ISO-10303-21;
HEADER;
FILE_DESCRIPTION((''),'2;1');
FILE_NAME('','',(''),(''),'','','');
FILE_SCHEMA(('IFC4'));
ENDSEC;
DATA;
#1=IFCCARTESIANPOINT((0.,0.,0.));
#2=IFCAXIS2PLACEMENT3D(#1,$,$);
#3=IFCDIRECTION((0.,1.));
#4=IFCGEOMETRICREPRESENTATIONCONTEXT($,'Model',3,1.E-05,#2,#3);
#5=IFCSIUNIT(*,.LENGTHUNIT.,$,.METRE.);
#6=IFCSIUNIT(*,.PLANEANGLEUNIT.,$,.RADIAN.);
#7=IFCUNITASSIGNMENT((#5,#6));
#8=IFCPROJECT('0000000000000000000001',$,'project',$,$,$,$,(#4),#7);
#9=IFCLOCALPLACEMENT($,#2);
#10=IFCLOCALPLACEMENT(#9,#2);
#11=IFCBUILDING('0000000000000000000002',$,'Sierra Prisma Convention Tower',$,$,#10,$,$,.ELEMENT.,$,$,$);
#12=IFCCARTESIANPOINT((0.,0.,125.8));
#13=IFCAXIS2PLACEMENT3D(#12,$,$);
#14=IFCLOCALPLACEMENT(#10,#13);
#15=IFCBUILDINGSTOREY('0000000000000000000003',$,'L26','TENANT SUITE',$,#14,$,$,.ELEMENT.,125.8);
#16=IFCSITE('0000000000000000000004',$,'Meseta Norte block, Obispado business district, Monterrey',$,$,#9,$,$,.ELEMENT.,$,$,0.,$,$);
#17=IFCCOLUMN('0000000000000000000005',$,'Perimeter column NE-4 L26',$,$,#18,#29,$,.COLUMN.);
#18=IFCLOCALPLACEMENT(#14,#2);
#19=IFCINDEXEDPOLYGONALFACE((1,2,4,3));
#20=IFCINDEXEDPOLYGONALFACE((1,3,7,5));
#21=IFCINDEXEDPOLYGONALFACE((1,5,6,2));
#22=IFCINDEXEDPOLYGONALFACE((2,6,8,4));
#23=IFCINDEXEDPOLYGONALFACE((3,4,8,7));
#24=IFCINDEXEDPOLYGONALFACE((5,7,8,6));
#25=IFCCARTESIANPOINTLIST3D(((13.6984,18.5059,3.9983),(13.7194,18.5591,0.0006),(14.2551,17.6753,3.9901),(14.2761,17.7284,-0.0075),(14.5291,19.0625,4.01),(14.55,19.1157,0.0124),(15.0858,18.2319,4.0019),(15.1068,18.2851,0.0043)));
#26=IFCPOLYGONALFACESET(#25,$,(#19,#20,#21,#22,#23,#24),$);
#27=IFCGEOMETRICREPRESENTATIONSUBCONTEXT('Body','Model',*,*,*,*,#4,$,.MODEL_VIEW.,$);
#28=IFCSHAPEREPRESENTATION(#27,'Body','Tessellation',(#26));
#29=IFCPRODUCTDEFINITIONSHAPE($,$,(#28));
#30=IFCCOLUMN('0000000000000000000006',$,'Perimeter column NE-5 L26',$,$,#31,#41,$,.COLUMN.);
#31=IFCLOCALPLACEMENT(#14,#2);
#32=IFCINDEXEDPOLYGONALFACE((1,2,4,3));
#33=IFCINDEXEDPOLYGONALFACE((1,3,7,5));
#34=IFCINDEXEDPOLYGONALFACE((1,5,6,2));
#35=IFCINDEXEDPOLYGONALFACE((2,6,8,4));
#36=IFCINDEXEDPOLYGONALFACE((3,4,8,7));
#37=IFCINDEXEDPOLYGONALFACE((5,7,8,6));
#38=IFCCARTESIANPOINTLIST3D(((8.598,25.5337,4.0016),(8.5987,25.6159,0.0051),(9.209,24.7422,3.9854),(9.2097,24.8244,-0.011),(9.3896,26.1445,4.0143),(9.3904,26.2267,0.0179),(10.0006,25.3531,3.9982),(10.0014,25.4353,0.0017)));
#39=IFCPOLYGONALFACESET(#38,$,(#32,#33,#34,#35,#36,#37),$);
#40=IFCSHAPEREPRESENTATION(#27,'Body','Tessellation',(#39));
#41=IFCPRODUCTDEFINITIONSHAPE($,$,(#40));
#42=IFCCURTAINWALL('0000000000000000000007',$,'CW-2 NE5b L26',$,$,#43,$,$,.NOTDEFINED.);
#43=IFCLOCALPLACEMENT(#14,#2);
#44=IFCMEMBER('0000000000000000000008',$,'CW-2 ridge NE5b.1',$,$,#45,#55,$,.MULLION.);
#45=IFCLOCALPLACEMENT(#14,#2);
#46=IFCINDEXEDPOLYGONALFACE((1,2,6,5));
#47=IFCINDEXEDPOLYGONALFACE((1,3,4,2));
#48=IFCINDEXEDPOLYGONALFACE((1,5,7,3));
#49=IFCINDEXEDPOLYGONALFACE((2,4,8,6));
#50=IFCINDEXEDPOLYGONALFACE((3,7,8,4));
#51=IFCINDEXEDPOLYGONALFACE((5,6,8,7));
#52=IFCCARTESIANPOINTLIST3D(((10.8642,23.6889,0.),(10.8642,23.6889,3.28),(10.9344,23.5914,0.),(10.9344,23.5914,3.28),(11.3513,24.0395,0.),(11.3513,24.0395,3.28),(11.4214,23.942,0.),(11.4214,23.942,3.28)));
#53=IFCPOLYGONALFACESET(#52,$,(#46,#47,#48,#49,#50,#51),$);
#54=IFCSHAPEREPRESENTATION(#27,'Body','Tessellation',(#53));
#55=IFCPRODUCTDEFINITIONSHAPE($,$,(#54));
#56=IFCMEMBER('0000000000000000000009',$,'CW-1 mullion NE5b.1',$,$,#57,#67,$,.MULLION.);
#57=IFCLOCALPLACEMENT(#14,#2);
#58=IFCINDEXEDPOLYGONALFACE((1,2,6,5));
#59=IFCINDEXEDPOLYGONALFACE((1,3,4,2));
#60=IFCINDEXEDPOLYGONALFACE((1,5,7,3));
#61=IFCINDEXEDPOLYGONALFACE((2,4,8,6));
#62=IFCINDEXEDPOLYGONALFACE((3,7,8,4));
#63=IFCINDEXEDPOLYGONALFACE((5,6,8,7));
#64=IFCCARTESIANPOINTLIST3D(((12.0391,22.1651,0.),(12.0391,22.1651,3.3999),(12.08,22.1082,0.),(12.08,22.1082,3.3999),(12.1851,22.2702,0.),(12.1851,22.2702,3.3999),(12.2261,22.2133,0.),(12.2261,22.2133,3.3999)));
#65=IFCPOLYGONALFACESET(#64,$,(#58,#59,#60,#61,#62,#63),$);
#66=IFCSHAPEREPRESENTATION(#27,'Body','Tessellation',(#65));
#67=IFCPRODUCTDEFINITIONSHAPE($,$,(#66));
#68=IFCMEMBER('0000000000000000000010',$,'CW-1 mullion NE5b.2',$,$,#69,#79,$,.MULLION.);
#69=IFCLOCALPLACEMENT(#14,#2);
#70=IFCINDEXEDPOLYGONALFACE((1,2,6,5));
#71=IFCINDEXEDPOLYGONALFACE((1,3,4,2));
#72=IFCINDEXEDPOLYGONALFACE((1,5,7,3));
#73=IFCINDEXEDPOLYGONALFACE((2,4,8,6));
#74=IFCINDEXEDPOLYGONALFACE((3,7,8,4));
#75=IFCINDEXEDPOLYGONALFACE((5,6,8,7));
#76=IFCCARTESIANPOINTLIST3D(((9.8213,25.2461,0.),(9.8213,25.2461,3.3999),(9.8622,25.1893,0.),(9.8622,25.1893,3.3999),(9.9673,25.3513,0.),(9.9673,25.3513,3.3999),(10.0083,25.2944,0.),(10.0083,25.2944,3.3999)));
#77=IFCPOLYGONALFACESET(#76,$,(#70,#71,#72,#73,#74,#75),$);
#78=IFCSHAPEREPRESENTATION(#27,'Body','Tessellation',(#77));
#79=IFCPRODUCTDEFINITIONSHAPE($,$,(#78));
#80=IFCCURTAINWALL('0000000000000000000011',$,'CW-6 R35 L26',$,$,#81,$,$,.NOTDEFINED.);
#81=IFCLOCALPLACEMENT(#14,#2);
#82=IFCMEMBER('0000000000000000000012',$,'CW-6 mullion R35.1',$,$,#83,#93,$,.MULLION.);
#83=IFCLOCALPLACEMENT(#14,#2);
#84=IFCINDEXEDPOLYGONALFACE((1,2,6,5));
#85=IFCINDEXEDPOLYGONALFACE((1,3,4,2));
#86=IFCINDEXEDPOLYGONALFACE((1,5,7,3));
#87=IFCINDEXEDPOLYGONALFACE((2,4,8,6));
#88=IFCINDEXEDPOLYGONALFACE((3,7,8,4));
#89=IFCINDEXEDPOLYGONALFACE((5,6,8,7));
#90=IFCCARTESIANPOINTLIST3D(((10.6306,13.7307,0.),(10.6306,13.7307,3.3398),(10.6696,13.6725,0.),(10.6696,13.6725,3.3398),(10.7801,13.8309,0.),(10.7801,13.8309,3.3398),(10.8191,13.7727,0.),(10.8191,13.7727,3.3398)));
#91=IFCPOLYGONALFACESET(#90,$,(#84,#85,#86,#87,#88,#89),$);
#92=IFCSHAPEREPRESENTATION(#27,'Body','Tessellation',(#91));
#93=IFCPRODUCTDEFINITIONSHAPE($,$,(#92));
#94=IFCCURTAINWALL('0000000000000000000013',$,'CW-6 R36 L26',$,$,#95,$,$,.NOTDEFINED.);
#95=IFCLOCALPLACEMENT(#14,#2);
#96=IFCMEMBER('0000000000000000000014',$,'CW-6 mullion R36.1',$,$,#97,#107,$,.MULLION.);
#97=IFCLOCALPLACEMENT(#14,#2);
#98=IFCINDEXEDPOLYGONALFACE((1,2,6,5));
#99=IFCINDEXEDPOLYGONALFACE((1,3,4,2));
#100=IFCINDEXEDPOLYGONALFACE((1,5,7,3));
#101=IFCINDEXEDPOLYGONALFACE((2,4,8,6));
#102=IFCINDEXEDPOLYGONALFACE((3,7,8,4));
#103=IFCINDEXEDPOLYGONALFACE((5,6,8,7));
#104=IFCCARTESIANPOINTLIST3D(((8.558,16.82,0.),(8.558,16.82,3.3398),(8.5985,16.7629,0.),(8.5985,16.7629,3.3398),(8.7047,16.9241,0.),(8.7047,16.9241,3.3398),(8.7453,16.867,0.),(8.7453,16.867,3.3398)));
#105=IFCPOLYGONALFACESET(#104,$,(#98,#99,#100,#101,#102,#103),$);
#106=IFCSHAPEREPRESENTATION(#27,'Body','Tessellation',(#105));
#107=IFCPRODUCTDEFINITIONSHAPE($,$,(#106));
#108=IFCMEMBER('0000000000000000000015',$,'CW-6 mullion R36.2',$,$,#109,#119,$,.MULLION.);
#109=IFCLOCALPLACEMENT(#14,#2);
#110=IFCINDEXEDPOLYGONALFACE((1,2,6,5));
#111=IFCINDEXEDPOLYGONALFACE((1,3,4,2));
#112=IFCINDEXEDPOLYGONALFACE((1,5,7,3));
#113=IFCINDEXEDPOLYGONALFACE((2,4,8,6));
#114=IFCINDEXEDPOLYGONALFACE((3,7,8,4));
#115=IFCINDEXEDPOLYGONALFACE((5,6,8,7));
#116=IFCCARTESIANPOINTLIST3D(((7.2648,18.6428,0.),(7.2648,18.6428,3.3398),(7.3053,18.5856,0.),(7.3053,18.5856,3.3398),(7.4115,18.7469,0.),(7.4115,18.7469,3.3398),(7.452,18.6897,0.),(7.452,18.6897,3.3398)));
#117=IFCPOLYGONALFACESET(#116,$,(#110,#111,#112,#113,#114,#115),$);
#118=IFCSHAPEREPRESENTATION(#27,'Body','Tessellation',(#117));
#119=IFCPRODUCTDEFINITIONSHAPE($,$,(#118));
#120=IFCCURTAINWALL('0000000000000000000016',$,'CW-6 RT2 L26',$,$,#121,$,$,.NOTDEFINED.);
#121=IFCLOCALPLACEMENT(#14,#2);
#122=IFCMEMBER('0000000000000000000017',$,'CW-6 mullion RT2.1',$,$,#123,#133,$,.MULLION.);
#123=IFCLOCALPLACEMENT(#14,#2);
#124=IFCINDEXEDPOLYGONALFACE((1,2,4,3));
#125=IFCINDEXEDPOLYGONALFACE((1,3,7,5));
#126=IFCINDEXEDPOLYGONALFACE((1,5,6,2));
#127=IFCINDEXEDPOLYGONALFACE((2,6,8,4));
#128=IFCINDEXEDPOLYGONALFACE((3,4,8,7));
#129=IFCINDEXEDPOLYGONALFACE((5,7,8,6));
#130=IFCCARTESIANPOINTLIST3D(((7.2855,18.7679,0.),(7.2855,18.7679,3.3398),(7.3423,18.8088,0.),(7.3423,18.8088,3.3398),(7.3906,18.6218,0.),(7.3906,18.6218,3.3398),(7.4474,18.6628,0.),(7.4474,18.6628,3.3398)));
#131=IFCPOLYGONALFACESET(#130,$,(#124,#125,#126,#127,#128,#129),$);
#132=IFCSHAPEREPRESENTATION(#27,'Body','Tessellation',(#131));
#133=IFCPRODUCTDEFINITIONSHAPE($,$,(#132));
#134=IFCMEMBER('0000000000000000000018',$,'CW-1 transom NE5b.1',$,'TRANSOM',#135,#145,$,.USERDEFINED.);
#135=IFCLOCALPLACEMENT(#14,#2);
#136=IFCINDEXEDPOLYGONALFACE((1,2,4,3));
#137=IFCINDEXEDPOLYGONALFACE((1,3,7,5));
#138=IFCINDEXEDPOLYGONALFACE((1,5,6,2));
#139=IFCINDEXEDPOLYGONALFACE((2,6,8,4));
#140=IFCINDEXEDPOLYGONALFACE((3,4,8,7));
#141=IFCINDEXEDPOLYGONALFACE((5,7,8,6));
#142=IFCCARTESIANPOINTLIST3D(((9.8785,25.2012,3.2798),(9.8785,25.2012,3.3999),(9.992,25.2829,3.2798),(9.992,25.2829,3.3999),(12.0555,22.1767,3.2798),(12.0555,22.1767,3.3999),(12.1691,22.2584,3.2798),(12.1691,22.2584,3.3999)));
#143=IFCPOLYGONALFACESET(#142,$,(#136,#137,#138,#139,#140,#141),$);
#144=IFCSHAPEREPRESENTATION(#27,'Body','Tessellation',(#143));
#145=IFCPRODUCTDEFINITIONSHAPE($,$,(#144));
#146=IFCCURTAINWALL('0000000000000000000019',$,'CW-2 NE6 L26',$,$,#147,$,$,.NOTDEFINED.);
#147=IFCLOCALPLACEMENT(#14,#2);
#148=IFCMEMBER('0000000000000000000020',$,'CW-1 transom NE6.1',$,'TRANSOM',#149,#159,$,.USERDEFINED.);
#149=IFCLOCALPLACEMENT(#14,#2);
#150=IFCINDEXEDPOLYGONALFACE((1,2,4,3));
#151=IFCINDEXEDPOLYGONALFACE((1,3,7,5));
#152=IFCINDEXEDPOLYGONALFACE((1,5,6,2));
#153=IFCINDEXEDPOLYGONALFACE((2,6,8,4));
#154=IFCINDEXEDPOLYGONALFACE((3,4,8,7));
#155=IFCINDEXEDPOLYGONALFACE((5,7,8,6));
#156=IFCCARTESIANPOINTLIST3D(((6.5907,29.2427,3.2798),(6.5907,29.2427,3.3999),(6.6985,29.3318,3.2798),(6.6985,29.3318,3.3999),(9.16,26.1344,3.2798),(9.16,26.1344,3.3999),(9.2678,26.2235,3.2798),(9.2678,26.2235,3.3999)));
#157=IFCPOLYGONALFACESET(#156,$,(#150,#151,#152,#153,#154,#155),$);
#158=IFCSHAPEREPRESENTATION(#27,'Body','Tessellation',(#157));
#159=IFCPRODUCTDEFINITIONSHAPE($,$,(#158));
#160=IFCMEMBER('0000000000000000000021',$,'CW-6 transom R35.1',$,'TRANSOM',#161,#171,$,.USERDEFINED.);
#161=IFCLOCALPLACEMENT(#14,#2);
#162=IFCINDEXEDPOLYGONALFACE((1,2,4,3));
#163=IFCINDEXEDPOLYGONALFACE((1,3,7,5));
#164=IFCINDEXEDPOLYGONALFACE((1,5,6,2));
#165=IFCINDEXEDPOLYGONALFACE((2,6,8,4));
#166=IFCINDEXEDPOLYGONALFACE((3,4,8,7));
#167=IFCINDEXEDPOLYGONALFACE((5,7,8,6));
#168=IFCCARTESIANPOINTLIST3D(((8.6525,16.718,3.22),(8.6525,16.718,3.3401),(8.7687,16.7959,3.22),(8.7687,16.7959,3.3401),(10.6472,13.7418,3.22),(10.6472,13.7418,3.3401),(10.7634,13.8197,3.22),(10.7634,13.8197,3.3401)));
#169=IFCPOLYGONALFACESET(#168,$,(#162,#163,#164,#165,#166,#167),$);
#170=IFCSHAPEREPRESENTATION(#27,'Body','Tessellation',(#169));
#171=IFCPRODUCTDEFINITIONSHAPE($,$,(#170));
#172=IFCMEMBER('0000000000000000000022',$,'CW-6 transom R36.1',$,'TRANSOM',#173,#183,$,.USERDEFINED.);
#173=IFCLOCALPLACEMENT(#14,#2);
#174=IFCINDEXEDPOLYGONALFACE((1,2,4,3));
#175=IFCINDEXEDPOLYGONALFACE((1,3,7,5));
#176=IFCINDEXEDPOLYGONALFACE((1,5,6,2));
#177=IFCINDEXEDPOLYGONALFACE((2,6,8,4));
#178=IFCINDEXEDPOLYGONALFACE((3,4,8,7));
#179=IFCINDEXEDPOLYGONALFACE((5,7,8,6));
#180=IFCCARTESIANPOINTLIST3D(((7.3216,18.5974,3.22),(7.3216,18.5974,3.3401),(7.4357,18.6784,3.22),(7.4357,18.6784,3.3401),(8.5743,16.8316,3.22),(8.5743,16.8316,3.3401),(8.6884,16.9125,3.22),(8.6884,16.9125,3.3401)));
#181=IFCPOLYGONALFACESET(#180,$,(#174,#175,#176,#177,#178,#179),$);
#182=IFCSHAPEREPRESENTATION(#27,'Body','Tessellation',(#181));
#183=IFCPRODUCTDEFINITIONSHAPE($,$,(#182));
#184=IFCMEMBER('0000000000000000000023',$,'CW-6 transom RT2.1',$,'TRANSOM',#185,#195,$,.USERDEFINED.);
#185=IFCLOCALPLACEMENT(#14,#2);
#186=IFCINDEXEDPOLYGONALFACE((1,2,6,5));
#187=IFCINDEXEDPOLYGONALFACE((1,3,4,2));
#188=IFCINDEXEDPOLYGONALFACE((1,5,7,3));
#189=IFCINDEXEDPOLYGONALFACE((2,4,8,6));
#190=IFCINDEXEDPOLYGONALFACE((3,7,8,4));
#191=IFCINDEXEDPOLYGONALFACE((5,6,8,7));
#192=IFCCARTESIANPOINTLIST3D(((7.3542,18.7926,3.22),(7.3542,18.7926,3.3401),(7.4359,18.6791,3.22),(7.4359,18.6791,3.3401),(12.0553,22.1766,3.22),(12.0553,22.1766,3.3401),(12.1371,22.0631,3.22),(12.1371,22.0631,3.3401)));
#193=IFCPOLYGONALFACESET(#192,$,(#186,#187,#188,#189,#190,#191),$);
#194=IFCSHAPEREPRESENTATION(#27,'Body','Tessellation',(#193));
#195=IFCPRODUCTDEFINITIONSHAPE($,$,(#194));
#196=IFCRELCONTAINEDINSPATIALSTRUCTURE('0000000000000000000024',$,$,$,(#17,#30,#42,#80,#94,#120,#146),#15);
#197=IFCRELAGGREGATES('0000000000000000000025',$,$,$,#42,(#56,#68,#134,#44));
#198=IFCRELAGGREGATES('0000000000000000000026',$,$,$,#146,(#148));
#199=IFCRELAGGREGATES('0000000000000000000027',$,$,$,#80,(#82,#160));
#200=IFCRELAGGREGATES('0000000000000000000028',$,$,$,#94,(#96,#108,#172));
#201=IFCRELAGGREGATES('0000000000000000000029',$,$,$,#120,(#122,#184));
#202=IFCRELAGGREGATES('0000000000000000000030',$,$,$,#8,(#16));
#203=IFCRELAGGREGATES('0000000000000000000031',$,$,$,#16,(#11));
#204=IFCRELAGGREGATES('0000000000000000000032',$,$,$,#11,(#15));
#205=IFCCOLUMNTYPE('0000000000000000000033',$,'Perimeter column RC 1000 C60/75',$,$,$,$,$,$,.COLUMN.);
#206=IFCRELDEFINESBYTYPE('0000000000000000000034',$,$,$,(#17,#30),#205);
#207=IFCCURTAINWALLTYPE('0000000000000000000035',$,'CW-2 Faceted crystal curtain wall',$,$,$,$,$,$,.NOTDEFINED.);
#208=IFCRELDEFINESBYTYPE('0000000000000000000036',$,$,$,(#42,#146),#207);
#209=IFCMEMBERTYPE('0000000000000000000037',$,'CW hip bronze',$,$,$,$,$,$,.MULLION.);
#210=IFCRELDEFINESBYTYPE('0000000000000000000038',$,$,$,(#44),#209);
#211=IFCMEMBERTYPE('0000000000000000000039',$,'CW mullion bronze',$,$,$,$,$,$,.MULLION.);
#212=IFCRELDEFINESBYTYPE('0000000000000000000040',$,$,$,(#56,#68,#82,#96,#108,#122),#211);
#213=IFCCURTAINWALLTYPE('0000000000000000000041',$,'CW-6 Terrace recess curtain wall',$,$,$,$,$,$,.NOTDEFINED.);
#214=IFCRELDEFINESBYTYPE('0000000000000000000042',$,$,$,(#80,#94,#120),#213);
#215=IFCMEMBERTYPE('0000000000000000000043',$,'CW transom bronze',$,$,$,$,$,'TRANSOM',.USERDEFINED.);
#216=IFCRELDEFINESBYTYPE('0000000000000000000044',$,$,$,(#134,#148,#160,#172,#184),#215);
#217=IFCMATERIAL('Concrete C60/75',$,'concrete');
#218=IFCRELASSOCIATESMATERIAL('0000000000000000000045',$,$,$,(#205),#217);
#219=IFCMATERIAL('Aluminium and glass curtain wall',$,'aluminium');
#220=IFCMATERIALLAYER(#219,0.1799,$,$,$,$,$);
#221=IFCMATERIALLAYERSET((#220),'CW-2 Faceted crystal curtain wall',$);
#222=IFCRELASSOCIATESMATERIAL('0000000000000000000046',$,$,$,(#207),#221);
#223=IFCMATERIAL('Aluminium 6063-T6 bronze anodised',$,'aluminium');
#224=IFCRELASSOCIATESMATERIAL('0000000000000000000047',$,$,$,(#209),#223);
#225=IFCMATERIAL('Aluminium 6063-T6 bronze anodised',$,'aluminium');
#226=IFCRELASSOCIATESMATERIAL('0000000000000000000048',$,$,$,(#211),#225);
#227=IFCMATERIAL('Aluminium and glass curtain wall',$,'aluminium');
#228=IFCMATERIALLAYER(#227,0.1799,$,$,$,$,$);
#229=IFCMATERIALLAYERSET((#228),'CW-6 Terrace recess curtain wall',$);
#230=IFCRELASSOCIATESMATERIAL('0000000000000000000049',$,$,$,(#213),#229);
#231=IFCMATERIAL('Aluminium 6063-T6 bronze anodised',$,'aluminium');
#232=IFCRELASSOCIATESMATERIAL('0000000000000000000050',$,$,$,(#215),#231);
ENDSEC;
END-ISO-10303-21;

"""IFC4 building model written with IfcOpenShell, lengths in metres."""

from ifc_helpers import new_model, si_unit, direction, frame, origin, origin_2d, place, context, subcontext, project, spatial, rectangle, extrude, clip, halfspace, material, layer, layer_set, material_profile, profile_set, type_object, element, aggregate, save


model = new_model("IFC4")

# Units and contexts
model_context = context("Model", 3, precision=1e-05, world=origin(), true_north=direction((0.0, 1.0)))
body_context = subcontext(model_context, "Body", "Model", "MODEL_VIEW")
ifc_project = project(units=[si_unit("LENGTHUNIT", "METRE"), si_unit("PLANEANGLEUNIT", "RADIAN")], contexts=[model_context])

# Site, building, storey
site_placement = place(None, origin())
site = spatial("IfcSite", under=ifc_project, at=site_placement, Name="Meseta Norte block, Obispado business district, Monterrey", CompositionType="ELEMENT", RefElevation=0.0)
building_placement = place(site_placement, origin())
building = spatial("IfcBuilding", under=site, at=building_placement, Name="Sierra Prisma Convention Tower", CompositionType="ELEMENT")
storey_placement = place(building_placement, frame((0.0, 0.0, 125.8)))
storey = spatial("IfcBuildingStorey", under=building, at=storey_placement, Name="L26", Description="TENANT SUITE", CompositionType="ELEMENT", Elevation=125.8)

# Columns
ifc_material_1 = material(Name="Concrete C60/75", Category="concrete")
ifc_material_profile_1 = material_profile(ifc_material_1, rectangle(XDim=1.0, YDim=1.0, at=origin_2d()), Name="Perimeter column RC 1000 C60/75")
ifc_profile_set_1 = profile_set([ifc_material_profile_1], Name="Concrete C60/75")
column_type = type_object("IfcColumnType", Name="Perimeter column RC 1000 C60/75", PredefinedType="COLUMN", material=ifc_profile_set_1)
column_1_placement = place(storey_placement, frame((14.4131, 18.4221, 0.0), z_axis=(-0.005248, -0.013304, 0.999898), x_axis=(-0.556732, 0.830653, 0.00813)))
element("IfcColumn", 1, at=column_1_placement, inside=storey, type_object=column_type, Name="Perimeter column NE-4 L26", PredefinedType="COLUMN", context=body_context, shape_type="SweptSolid", body=[
    clip(extrude(rectangle(XDim=1.0, YDim=1.0, at=origin_2d()), origin(), (0.0, 0.0, 1.0), 4.0005), halfspace(frame((0.0, 0.0, 0.0024)), True)),
])
column_2_placement = place(storey_placement, frame((9.3, 25.5256, 0.0), z_axis=(-0.000183, -0.020564, 0.999789), x_axis=(-0.610992, 0.791471, 0.016168)))
element("IfcColumn", 2, at=column_2_placement, inside=storey, type_object=column_type, Name="Perimeter column NE-5 L26", PredefinedType="COLUMN", context=body_context, shape_type="SweptSolid", body=[
    clip(extrude(rectangle(XDim=1.0, YDim=1.0, at=origin_2d()), origin(), (0.0, 0.0, 1.0), 4.0007), halfspace(frame((0.0, 0.0, 0.0034)), True)),
])

# Curtain wall, members
ifc_material_2 = material(Name="Aluminium and glass curtain wall", Category="aluminium")
ifc_layer_1 = layer(ifc_material_2, 0.1799)
ifc_layer_set_1 = layer_set([ifc_layer_1], Name="CW-2 Faceted crystal curtain wall")
curtain_wall_type_1 = type_object("IfcCurtainWallType", Name="CW-2 Faceted crystal curtain wall", PredefinedType="NOTDEFINED", material=ifc_layer_set_1)
curtain_wall_1_placement = place(storey_placement, origin())
curtain_wall_1 = element("IfcCurtainWall", 3, at=curtain_wall_1_placement, inside=storey, type_object=curtain_wall_type_1, Name="CW-2 NE5b L26", PredefinedType="NOTDEFINED")
ifc_material_3 = material(Name="Aluminium 6063-T6 bronze anodised", Category="aluminium")
ifc_material_profile_2 = material_profile(ifc_material_3, rectangle(XDim=0.1201, YDim=0.6001, at=origin_2d()), Name="ALU RIDGE BLADE 120x600")
ifc_profile_set_2 = profile_set([ifc_material_profile_2], Name="Aluminium 6063-T6 bronze anodised")
member_type_1 = type_object("IfcMemberType", Name="CW hip bronze", PredefinedType="MULLION", material=ifc_profile_set_2)
member_1_placement = place(storey_placement, frame((11.1428, 23.8154, 0.0), z_axis=(0.0, 0.0, 1.0), x_axis=(-0.584192, 0.811615, 0.0)))
member_1 = element("IfcMember", 4, at=member_1_placement, type_object=member_type_1, Name="CW-2 ridge NE5b.1", PredefinedType="MULLION", context=body_context, shape_type="SweptSolid", body=[
    extrude(rectangle(XDim=0.1201, YDim=0.6001, at=origin_2d()), origin(), (0.0, 0.0, 1.0), 3.28),
])
ifc_material_4 = material(Name="Aluminium 6063-T6 bronze anodised", Category="aluminium")
ifc_material_profile_3 = material_profile(ifc_material_4, rectangle(XDim=0.1799, YDim=0.0701, at=origin_2d()), Name="ALU MULLION 70x180")
ifc_profile_set_3 = profile_set([ifc_material_profile_3], Name="Aluminium 6063-T6 bronze anodised")
member_type_2 = type_object("IfcMemberType", Name="CW mullion bronze", PredefinedType="MULLION", material=ifc_profile_set_3)
member_2_placement = place(storey_placement, frame((12.1326, 22.1892, 0.0), z_axis=(0.0, 0.0, 1.0), x_axis=(-0.811615, -0.584192, 0.0)))
member_2 = element("IfcMember", 5, at=member_2_placement, type_object=member_type_2, Name="CW-1 mullion NE5b.1", PredefinedType="MULLION", context=body_context, shape_type="SweptSolid", body=[
    extrude(rectangle(XDim=0.1799, YDim=0.0701, at=origin_2d()), origin(), (0.0, 0.0, 1.0), 3.3999),
])
member_3_placement = place(storey_placement, frame((9.9148, 25.2703, 0.0), z_axis=(0.0, 0.0, 1.0), x_axis=(-0.811615, -0.584192, 0.0)))
member_3 = element("IfcMember", 6, at=member_3_placement, type_object=member_type_2, Name="CW-1 mullion NE5b.2", PredefinedType="MULLION", context=body_context, shape_type="SweptSolid", body=[
    extrude(rectangle(XDim=0.1799, YDim=0.0701, at=origin_2d()), origin(), (0.0, 0.0, 1.0), 3.3999),
])

# Curtain wall, member
ifc_material_5 = material(Name="Aluminium and glass curtain wall", Category="aluminium")
ifc_layer_2 = layer(ifc_material_5, 0.1799)
ifc_layer_set_2 = layer_set([ifc_layer_2], Name="CW-6 Terrace recess curtain wall")
curtain_wall_type_2 = type_object("IfcCurtainWallType", Name="CW-6 Terrace recess curtain wall", PredefinedType="NOTDEFINED", material=ifc_layer_set_2)
curtain_wall_2_placement = place(storey_placement, origin())
curtain_wall_2 = element("IfcCurtainWall", 7, at=curtain_wall_2_placement, inside=storey, type_object=curtain_wall_type_2, Name="CW-6 R35 L26", PredefinedType="NOTDEFINED")
member_4_placement = place(storey_placement, frame((10.7249, 13.7517, 0.0), z_axis=(0.0, 0.0, 1.0), x_axis=(-0.830687, -0.55674, 0.0)))
member_4 = element("IfcMember", 8, at=member_4_placement, type_object=member_type_2, Name="CW-6 mullion R35.1", PredefinedType="MULLION", context=body_context, shape_type="SweptSolid", body=[
    extrude(rectangle(XDim=0.1799, YDim=0.0701, at=origin_2d()), origin(), (0.0, 0.0, 1.0), 3.3398),
])

# Curtain wall, members
curtain_wall_3_placement = place(storey_placement, origin())
curtain_wall_3 = element("IfcCurtainWall", 9, at=curtain_wall_3_placement, inside=storey, type_object=curtain_wall_type_2, Name="CW-6 R36 L26", PredefinedType="NOTDEFINED")
member_5_placement = place(storey_placement, frame((8.6516, 16.8435, 0.0), z_axis=(0.0, 0.0, 1.0), x_axis=(-0.8156, -0.578617, 0.0)))
member_5 = element("IfcMember", 10, at=member_5_placement, type_object=member_type_2, Name="CW-6 mullion R36.1", PredefinedType="MULLION", context=body_context, shape_type="SweptSolid", body=[
    extrude(rectangle(XDim=0.1799, YDim=0.0701, at=origin_2d()), origin(), (0.0, 0.0, 1.0), 3.3398),
])
member_6_placement = place(storey_placement, frame((7.3584, 18.6663, 0.0), z_axis=(0.0, 0.0, 1.0), x_axis=(-0.8156, -0.578617, 0.0)))
member_6 = element("IfcMember", 11, at=member_6_placement, type_object=member_type_2, Name="CW-6 mullion R36.2", PredefinedType="MULLION", context=body_context, shape_type="SweptSolid", body=[
    extrude(rectangle(XDim=0.1799, YDim=0.0701, at=origin_2d()), origin(), (0.0, 0.0, 1.0), 3.3398),
])

# Curtain wall, member
curtain_wall_4_placement = place(storey_placement, origin())
curtain_wall_4 = element("IfcCurtainWall", 12, at=curtain_wall_4_placement, inside=storey, type_object=curtain_wall_type_2, Name="CW-6 RT2 L26", PredefinedType="NOTDEFINED")
member_7_placement = place(storey_placement, frame((7.3665, 18.7153, 0.0), z_axis=(0.0, 0.0, 1.0), x_axis=(-0.584192, 0.811615, 0.0)))
member_7 = element("IfcMember", 13, at=member_7_placement, type_object=member_type_2, Name="CW-6 mullion RT2.1", PredefinedType="MULLION", context=body_context, shape_type="SweptSolid", body=[
    extrude(rectangle(XDim=0.1799, YDim=0.0701, at=origin_2d()), origin(), (0.0, 0.0, 1.0), 3.3398),
])

# Member
ifc_material_6 = material(Name="Aluminium 6063-T6 bronze anodised", Category="aluminium")
ifc_material_profile_4 = material_profile(ifc_material_6, rectangle(XDim=0.1399, YDim=0.1201, at=origin_2d()), Name="ALU TRANSOM 120x140")
ifc_profile_set_4 = profile_set([ifc_material_profile_4], Name="Aluminium 6063-T6 bronze anodised")
member_type_3 = type_object("IfcMemberType", Name="CW transom bronze", ElementType="TRANSOM", PredefinedType="USERDEFINED", material=ifc_profile_set_4)
member_8_placement = place(storey_placement, frame((12.1123, 22.2175, 3.3398), z_axis=(-0.584203, 0.811608, 0.0), x_axis=(-0.811608, -0.584203, 0.0)))
member_8 = element("IfcMember", 14, at=member_8_placement, type_object=member_type_3, Name="CW-1 transom NE5b.1", ObjectType="TRANSOM", PredefinedType="USERDEFINED", context=body_context, shape_type="SweptSolid", body=[
    extrude(rectangle(XDim=0.1399, YDim=0.1201, at=origin_2d()), origin(), (0.0, 0.0, 1.0), 3.7266),
])

# Curtain wall, member
curtain_wall_5_placement = place(storey_placement, origin())
curtain_wall_5 = element("IfcCurtainWall", 15, at=curtain_wall_5_placement, inside=storey, type_object=curtain_wall_type_1, Name="CW-2 NE6 L26", PredefinedType="NOTDEFINED")
member_9_placement = place(storey_placement, frame((9.2139, 26.179, 3.3398), z_axis=(-0.637107, 0.770776, 0.0), x_axis=(-0.770776, -0.637107, 0.0)))
member_9 = element("IfcMember", 16, at=member_9_placement, type_object=member_type_3, Name="CW-1 transom NE6.1", ObjectType="TRANSOM", PredefinedType="USERDEFINED", context=body_context, shape_type="SweptSolid", body=[
    extrude(rectangle(XDim=0.1399, YDim=0.1201, at=origin_2d()), origin(), (0.0, 0.0, 1.0), 4.0327),
])

# Members
member_10_placement = place(storey_placement, frame((10.7053, 13.7808, 3.28), z_axis=(-0.556743, 0.830685, 0.0), x_axis=(-0.830685, -0.556743, 0.0)))
member_10 = element("IfcMember", 17, at=member_10_placement, type_object=member_type_3, Name="CW-6 transom R35.1", ObjectType="TRANSOM", PredefinedType="USERDEFINED", context=body_context, shape_type="SweptSolid", body=[
    extrude(rectangle(XDim=0.1399, YDim=0.1201, at=origin_2d()), origin(), (0.0, 0.0, 1.0), 3.5828),
])
member_11_placement = place(storey_placement, frame((8.6313, 16.8721, 3.28), z_axis=(-0.57859, 0.815619, 0.0), x_axis=(-0.815619, -0.57859, 0.0)))
member_11 = element("IfcMember", 18, at=member_11_placement, type_object=member_type_3, Name="CW-6 transom R36.1", ObjectType="TRANSOM", PredefinedType="USERDEFINED", context=body_context, shape_type="SweptSolid", body=[
    extrude(rectangle(XDim=0.1399, YDim=0.1201, at=origin_2d()), origin(), (0.0, 0.0, 1.0), 2.165),
])
member_12_placement = place(storey_placement, frame((7.395, 18.7358, 3.28), z_axis=(0.811601, 0.584213, 0.0), x_axis=(-0.584213, 0.811601, 0.0)))
member_12 = element("IfcMember", 19, at=member_12_placement, type_object=member_type_3, Name="CW-6 transom RT2.1", ObjectType="TRANSOM", PredefinedType="USERDEFINED", context=body_context, shape_type="SweptSolid", body=[
    extrude(rectangle(XDim=0.1399, YDim=0.1201, at=origin_2d()), origin(), (0.0, 0.0, 1.0), 5.7925),
])

aggregate(curtain_wall_1, [member_2, member_3, member_8, member_1])
aggregate(curtain_wall_5, [member_9])
aggregate(curtain_wall_2, [member_4, member_10])
aggregate(curtain_wall_3, [member_5, member_6, member_11])
aggregate(curtain_wall_4, [member_7, member_12])

save(model, "model.ifc")
